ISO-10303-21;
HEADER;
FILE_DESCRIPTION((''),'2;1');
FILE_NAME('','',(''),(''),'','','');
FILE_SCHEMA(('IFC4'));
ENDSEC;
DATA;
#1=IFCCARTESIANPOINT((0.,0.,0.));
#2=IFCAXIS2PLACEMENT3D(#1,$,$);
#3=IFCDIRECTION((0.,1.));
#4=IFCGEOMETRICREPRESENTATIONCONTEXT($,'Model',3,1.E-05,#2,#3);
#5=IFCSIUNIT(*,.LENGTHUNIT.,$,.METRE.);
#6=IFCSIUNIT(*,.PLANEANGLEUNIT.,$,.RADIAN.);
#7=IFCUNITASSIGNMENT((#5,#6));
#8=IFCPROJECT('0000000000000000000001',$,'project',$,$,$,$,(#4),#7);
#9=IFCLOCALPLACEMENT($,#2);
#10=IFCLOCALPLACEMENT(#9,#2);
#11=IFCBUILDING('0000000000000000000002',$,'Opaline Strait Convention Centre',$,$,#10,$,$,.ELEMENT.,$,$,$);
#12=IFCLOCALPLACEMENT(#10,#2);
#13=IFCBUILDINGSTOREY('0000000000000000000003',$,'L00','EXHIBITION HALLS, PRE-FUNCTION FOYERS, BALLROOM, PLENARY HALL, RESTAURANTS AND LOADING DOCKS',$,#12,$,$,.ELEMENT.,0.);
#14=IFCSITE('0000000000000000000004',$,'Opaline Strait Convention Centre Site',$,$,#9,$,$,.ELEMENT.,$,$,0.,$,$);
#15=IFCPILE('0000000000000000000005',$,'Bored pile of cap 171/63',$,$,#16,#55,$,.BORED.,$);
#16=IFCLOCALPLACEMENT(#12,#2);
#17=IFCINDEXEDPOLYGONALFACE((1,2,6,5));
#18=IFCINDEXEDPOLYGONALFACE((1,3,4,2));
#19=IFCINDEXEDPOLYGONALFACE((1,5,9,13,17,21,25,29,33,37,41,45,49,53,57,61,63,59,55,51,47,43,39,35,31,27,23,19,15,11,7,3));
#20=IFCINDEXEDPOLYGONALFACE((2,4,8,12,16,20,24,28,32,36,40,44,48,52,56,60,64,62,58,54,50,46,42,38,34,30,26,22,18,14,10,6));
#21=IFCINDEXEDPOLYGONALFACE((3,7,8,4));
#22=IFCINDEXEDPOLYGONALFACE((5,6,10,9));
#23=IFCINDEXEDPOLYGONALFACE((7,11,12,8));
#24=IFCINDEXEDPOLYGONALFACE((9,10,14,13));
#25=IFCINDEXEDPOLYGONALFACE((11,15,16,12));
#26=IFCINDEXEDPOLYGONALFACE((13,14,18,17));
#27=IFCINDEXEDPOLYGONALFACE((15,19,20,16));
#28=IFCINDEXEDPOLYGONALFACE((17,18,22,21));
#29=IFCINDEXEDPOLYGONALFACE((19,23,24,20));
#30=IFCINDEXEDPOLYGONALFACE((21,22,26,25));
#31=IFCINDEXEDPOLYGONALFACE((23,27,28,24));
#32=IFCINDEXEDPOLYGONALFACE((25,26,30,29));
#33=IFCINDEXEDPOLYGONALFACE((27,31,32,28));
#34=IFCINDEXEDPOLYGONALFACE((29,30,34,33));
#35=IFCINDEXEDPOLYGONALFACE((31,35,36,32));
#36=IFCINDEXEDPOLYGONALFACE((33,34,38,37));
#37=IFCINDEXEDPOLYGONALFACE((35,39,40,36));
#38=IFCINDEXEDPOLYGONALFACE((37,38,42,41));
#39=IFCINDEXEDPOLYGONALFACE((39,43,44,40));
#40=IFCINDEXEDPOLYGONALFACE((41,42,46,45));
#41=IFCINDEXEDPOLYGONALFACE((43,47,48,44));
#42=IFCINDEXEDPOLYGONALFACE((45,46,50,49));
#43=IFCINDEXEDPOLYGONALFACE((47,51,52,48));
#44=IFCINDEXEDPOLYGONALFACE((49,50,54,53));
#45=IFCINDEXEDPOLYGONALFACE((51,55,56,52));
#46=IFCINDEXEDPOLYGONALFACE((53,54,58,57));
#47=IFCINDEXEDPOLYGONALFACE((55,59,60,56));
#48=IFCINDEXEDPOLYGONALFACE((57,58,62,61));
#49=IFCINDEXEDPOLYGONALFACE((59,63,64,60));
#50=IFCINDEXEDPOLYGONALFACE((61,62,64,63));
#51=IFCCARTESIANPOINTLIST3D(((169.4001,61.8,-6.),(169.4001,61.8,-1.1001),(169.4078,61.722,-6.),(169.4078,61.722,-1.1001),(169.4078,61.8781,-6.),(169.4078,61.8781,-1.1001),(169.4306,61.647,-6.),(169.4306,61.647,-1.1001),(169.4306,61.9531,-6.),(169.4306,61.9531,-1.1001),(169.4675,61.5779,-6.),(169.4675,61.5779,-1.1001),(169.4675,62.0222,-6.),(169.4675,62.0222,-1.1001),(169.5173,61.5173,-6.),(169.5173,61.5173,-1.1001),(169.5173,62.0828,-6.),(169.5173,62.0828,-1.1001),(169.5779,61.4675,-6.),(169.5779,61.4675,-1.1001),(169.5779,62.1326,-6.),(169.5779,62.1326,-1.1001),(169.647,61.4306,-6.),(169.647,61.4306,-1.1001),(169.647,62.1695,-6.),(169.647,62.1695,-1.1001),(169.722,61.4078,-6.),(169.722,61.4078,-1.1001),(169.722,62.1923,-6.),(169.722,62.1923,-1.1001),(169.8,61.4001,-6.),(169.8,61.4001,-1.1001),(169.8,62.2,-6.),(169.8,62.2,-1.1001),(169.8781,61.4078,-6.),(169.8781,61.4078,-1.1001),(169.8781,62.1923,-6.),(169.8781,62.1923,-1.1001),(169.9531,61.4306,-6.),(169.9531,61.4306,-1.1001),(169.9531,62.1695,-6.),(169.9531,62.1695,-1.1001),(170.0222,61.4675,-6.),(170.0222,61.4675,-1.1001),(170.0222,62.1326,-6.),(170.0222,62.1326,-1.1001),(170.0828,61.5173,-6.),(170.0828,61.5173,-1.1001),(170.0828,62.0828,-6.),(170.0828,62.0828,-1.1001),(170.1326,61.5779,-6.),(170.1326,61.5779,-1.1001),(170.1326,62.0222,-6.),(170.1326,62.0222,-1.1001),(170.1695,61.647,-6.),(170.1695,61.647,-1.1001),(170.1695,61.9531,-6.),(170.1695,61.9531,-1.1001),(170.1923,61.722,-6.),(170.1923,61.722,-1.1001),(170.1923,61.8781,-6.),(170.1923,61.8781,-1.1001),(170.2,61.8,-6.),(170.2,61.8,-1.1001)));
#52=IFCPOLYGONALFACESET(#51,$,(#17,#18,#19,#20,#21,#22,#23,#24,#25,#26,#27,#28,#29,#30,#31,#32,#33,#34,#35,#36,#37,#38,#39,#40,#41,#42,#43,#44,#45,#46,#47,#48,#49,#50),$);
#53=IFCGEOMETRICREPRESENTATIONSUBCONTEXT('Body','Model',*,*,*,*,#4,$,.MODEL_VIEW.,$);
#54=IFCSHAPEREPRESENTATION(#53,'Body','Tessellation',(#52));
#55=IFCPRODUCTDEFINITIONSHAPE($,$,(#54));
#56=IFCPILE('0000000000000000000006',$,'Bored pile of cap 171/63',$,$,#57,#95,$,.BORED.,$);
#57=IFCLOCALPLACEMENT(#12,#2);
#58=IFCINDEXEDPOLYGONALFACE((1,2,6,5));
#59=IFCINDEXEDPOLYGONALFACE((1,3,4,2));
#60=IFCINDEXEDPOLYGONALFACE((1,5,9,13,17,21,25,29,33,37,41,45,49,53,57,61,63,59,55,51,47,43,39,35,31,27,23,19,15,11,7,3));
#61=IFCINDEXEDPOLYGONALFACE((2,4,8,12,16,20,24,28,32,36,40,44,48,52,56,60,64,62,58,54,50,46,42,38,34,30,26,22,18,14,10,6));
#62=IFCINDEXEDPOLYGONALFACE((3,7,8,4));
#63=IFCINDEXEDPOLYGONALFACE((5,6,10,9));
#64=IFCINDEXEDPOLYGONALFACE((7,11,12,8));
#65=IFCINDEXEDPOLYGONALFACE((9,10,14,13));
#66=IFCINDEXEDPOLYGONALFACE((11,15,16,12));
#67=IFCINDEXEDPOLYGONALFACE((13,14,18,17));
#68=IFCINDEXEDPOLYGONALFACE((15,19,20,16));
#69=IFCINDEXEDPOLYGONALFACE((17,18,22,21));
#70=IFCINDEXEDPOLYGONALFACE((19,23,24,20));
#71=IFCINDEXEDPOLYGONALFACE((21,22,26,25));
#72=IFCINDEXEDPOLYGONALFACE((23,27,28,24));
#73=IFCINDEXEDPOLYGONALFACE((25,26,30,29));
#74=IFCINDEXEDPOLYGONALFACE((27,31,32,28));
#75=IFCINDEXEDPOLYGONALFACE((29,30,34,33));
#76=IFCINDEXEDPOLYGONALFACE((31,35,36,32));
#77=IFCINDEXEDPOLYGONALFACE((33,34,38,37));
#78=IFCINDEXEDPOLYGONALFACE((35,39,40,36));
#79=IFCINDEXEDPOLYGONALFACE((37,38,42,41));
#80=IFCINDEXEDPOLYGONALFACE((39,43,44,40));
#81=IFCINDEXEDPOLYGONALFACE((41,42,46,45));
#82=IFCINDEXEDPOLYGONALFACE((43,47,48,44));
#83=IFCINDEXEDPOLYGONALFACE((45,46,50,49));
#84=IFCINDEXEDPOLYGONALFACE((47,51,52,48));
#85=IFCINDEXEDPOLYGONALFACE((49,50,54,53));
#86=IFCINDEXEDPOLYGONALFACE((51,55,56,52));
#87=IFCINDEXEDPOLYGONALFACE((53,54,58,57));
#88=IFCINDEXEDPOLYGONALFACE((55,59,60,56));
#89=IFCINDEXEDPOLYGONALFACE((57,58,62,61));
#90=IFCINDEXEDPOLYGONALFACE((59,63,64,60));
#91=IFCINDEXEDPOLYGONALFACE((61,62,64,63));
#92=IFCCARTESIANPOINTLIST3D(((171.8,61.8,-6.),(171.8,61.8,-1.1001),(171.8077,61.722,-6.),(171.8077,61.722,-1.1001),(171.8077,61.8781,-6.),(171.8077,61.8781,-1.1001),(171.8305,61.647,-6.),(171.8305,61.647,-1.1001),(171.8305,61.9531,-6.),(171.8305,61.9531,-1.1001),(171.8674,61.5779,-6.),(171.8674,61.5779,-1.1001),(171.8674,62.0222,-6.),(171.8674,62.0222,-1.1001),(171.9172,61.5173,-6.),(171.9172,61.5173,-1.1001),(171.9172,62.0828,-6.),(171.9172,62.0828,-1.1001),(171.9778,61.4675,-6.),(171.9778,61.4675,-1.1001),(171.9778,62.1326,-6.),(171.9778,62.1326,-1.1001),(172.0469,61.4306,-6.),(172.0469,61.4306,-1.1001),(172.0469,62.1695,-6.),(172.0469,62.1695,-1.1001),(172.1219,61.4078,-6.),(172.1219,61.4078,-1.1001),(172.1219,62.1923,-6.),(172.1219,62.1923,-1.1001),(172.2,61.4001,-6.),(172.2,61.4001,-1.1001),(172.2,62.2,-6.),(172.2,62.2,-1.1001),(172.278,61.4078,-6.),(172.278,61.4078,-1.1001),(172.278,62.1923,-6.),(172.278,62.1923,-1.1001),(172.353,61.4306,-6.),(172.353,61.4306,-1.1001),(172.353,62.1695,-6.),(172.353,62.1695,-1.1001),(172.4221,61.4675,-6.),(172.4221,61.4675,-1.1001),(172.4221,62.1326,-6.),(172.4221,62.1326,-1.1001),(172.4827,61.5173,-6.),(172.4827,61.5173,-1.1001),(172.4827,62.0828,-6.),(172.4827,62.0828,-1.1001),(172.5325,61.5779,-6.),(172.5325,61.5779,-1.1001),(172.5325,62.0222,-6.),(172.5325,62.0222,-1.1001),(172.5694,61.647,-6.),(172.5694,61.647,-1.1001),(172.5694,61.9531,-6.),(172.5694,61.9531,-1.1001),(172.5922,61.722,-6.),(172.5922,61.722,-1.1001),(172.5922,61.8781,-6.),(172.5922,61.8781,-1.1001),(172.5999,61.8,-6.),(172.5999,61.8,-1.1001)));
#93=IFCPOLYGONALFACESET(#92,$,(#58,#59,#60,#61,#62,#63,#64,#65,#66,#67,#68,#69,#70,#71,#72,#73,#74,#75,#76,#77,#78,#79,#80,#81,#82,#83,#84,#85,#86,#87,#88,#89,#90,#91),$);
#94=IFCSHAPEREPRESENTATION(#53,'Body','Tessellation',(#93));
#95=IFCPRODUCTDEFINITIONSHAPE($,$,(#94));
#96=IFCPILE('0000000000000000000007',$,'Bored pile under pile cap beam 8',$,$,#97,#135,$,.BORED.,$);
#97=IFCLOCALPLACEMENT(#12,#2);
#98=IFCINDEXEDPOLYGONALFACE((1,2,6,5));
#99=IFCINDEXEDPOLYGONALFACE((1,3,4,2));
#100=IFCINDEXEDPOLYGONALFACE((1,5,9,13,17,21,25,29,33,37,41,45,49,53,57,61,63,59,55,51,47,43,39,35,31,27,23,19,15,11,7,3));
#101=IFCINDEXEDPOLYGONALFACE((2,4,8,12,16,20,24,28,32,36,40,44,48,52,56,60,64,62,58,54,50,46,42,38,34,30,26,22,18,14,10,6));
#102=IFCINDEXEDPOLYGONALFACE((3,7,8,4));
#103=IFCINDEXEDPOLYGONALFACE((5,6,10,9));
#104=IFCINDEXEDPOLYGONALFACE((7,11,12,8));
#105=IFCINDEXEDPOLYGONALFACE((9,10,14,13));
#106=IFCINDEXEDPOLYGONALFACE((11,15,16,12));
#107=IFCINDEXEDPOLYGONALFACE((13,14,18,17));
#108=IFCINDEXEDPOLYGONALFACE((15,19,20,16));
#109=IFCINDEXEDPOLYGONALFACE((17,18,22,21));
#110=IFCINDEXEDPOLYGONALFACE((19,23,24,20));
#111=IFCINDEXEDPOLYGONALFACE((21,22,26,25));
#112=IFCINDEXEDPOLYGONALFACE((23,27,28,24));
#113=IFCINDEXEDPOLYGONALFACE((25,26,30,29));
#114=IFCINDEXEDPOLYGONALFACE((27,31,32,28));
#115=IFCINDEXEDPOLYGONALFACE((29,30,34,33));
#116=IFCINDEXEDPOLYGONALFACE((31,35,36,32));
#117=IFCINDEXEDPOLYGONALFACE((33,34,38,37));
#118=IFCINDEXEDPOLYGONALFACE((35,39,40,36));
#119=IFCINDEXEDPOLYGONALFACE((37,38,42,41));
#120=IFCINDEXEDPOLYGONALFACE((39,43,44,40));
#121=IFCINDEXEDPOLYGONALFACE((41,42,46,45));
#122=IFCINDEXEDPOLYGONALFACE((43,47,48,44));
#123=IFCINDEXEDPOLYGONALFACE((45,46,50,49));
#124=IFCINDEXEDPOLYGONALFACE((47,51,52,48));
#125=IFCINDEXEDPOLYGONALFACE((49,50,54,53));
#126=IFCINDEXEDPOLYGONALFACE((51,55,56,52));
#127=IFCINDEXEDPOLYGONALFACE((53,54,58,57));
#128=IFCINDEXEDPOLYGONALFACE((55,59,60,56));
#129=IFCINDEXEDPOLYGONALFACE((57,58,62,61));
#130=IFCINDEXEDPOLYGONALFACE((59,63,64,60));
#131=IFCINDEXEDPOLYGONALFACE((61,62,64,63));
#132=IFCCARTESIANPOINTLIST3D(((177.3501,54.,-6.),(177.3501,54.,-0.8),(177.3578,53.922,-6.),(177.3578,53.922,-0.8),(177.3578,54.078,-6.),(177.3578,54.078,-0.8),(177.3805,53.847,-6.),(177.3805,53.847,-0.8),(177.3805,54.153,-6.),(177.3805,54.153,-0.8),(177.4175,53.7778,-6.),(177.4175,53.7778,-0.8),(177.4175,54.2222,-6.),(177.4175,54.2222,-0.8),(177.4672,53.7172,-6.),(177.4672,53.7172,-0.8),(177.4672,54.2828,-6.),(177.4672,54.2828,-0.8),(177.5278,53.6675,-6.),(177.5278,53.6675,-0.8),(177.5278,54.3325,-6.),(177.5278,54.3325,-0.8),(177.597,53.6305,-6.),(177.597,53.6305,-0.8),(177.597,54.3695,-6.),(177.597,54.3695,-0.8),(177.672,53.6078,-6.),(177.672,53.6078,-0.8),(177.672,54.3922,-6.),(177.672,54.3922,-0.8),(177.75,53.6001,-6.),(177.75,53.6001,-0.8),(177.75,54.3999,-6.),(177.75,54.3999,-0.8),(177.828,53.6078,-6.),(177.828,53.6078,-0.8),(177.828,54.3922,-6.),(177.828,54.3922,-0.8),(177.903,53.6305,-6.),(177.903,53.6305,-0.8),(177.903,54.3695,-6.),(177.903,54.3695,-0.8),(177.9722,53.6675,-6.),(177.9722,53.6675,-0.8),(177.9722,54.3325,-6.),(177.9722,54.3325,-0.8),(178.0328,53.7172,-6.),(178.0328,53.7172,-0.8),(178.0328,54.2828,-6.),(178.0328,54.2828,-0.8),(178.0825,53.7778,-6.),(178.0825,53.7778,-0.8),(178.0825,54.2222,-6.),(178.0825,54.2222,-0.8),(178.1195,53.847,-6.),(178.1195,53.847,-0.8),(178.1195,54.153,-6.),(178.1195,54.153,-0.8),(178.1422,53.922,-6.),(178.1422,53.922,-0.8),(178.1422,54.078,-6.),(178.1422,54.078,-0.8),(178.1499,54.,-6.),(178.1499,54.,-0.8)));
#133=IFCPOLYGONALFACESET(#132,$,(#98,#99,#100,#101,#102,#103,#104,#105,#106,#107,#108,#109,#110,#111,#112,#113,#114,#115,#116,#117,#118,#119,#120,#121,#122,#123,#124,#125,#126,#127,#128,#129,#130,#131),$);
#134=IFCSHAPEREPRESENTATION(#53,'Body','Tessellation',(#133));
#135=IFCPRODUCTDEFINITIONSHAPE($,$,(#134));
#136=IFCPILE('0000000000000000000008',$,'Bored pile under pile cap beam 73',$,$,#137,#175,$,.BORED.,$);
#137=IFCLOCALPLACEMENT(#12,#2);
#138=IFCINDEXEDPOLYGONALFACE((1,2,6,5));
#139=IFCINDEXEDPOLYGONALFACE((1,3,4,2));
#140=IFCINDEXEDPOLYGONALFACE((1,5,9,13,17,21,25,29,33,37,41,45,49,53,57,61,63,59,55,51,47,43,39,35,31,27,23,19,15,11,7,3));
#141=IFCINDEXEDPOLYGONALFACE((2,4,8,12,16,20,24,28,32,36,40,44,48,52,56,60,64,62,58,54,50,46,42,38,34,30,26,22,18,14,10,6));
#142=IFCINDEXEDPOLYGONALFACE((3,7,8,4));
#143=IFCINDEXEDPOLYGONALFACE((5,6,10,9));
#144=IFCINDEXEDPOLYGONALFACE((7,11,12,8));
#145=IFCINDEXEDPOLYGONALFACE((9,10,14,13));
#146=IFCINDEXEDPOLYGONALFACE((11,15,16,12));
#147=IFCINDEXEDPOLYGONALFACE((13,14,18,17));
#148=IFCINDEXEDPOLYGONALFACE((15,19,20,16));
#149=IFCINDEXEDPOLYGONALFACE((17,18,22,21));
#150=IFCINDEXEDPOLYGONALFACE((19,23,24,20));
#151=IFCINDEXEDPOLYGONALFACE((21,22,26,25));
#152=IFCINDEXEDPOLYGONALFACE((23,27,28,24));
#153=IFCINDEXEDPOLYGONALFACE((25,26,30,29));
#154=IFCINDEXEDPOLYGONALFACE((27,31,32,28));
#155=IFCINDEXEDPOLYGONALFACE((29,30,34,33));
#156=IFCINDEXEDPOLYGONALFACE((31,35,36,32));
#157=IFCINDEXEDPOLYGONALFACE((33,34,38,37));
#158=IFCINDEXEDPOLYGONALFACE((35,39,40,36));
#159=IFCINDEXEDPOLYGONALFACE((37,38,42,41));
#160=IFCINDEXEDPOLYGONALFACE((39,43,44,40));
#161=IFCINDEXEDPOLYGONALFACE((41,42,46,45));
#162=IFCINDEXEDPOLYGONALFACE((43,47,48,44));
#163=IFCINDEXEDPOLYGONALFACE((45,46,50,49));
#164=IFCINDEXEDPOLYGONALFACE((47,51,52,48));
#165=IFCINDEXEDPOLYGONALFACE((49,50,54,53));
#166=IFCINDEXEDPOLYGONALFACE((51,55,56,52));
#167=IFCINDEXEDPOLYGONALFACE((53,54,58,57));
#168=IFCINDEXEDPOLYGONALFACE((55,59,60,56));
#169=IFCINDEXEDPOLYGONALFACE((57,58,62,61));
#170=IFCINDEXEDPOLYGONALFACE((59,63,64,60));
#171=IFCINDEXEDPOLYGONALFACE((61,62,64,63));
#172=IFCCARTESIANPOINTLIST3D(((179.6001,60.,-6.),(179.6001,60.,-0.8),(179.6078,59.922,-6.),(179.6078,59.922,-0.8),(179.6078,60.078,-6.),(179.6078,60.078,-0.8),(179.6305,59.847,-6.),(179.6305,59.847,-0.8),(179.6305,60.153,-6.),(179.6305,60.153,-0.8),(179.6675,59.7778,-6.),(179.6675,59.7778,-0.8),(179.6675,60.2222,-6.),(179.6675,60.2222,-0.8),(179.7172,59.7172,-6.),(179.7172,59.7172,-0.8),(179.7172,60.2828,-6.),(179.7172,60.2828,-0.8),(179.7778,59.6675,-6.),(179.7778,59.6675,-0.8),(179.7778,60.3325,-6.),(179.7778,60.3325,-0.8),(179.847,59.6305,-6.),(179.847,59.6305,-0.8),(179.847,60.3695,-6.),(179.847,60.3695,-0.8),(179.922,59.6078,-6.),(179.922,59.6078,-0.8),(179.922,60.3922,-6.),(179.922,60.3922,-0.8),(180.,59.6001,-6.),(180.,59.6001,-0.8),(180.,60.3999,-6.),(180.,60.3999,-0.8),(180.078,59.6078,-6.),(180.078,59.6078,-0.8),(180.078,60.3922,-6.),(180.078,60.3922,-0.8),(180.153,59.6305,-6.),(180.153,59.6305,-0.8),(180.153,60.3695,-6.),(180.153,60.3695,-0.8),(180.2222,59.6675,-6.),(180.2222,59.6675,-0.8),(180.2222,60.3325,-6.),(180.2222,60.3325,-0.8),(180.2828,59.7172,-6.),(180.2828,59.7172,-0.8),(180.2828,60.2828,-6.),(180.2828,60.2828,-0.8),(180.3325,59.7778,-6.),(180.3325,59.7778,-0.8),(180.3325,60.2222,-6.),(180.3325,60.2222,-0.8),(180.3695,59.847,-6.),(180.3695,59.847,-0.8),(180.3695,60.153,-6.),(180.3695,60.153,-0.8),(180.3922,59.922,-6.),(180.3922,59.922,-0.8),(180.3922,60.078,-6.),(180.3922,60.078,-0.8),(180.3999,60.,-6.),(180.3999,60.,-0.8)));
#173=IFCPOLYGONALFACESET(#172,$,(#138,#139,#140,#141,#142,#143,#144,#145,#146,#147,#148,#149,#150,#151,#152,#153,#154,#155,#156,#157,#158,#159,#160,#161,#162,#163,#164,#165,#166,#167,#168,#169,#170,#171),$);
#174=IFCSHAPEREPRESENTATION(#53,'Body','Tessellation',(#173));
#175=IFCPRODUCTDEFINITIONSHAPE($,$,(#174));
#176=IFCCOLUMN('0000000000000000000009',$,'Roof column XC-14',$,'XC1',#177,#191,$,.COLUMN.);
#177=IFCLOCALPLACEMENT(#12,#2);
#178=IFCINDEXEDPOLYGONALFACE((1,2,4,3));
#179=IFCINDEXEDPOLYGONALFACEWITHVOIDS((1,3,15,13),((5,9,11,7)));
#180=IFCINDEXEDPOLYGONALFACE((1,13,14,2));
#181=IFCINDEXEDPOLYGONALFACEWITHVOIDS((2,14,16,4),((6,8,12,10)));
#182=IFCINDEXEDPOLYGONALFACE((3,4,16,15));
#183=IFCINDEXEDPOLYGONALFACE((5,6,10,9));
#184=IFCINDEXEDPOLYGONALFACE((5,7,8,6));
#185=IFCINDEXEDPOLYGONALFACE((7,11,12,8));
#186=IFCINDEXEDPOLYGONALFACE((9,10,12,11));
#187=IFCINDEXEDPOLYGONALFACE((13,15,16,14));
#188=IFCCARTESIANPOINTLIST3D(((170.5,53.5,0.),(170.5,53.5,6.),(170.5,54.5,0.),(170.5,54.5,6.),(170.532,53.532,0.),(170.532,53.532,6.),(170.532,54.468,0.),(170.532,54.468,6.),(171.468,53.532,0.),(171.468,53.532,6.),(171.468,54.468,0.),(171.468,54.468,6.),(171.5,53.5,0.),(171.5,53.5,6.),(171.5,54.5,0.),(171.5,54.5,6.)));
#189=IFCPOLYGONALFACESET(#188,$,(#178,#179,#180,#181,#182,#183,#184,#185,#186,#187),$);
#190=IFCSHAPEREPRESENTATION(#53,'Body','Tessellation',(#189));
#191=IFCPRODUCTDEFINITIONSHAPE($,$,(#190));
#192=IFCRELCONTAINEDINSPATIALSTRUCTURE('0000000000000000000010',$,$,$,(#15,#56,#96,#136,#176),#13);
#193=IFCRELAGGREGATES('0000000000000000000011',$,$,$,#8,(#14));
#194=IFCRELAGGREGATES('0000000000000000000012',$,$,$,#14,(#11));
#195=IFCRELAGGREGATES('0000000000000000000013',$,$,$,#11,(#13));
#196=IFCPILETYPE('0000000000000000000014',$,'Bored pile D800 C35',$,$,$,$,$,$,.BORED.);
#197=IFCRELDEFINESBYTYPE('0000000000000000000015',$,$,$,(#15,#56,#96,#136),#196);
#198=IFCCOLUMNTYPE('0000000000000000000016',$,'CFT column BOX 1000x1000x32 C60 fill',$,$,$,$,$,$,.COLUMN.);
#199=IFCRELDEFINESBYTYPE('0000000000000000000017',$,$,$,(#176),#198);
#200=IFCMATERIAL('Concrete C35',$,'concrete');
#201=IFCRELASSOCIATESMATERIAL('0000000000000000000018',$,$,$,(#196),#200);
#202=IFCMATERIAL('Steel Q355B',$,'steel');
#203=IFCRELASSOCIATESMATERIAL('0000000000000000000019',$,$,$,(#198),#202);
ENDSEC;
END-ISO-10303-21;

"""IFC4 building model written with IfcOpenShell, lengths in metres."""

from ifc_helpers import new_model, si_unit, direction, frame, origin, origin_2d, place, context, subcontext, project, spatial, hollow_rectangle, circle, extrude, material, material_profile, profile_set, type_object, element, save


model = new_model("IFC4")

# Units and contexts
model_context = context("Model", 3, precision=1e-05, world=origin(), true_north=direction((0.0, 1.0)))
body_context = subcontext(model_context, "Body", "Model", "MODEL_VIEW")
ifc_project = project(units=[si_unit("LENGTHUNIT", "METRE"), si_unit("PLANEANGLEUNIT", "RADIAN")], contexts=[model_context])

# Site, building, storey
site_placement = place(None, origin())
site = spatial("IfcSite", under=ifc_project, at=site_placement, Name="Opaline Strait Convention Centre Site", CompositionType="ELEMENT", RefElevation=0.0)
building_placement = place(site_placement, origin())
building = spatial("IfcBuilding", under=site, at=building_placement, Name="Opaline Strait Convention Centre", CompositionType="ELEMENT")
storey_placement = place(building_placement, origin())
storey = spatial("IfcBuildingStorey", under=building, at=storey_placement, Name="L00", Description="EXHIBITION HALLS, PRE-FUNCTION FOYERS, BALLROOM, PLENARY HALL, RESTAURANTS AND LOADING DOCKS", CompositionType="ELEMENT", Elevation=0.0)

# Piles
ifc_material_1 = material(Name="Concrete C35", Category="concrete")
ifc_material_profile_1 = material_profile(ifc_material_1, circle(Radius=0.3999, at=origin_2d()), Name="D800")
ifc_profile_set_1 = profile_set([ifc_material_profile_1], Name="Concrete C35")
pile_type_1 = type_object("IfcPileType", Name="Bored pile D800 C35", PredefinedType="BORED", material=ifc_profile_set_1)
for number, where, z_axis, x_axis, name in (
    (1, (169.8, 61.8, -1.1001), (0.0, 0.0, -1.0), (1.0, 0.0, 0.0), "Bored pile of cap 171/63"),
    (2, (172.2, 61.8, -1.1001), (0.0, 0.0, -1.0), (1.0, 0.0, 0.0), "Bored pile of cap 171/63"),
):
    element("IfcPile", number, at=place(storey_placement, frame(where, z_axis=z_axis, x_axis=x_axis)), inside=storey, type_object=pile_type_1, Name=name, PredefinedType="BORED", context=body_context, shape_type="SweptSolid", body=[
        extrude(circle(Radius=0.3999, at=origin_2d()), origin(), (0.0, 0.0, 1.0), 4.8999),
    ])
for number, where, z_axis, x_axis, name in (
    (3, (177.75, 54.0, -0.8), (0.0, 0.0, -1.0), (1.0, 0.0, 0.0), "Bored pile under pile cap beam 8"),
    (4, (180.0, 60.0, -0.8), (0.0, 0.0, -1.0), (1.0, 0.0, 0.0), "Bored pile under pile cap beam 73"),
):
    element("IfcPile", number, at=place(storey_placement, frame(where, z_axis=z_axis, x_axis=x_axis)), inside=storey, type_object=pile_type_1, Name=name, PredefinedType="BORED", context=body_context, shape_type="SweptSolid", body=[
        extrude(circle(Radius=0.3999, at=origin_2d()), origin(), (0.0, 0.0, 1.0), 5.2),
    ])

# Column
ifc_material_2 = material(Name="Steel Q355B", Category="steel")
ifc_material_profile_2 = material_profile(ifc_material_2, hollow_rectangle(XDim=1.0, YDim=1.0, WallThickness=0.032, at=origin_2d()), Name="BOX 1000x1000x32")
ifc_profile_set_2 = profile_set([ifc_material_profile_2], Name="Steel Q355B")
column_type_1 = type_object("IfcColumnType", Name="CFT column BOX 1000x1000x32 C60 fill", PredefinedType="COLUMN", material=ifc_profile_set_2)
column_1_placement = place(storey_placement, frame((171.0, 54.0, 0.0), z_axis=(0.0, 0.0, 1.0), x_axis=(1.0, 0.0, 0.0)))
element("IfcColumn", 5, at=column_1_placement, inside=storey, type_object=column_type_1, Name="Roof column XC-14", ObjectType="XC1", PredefinedType="COLUMN", context=body_context, shape_type="SweptSolid", body=[
    extrude(hollow_rectangle(XDim=1.0, YDim=1.0, WallThickness=0.032, at=origin_2d()), origin(), (0.0, 0.0, 1.0), 6.0),
])

save(model, "model.ifc")
